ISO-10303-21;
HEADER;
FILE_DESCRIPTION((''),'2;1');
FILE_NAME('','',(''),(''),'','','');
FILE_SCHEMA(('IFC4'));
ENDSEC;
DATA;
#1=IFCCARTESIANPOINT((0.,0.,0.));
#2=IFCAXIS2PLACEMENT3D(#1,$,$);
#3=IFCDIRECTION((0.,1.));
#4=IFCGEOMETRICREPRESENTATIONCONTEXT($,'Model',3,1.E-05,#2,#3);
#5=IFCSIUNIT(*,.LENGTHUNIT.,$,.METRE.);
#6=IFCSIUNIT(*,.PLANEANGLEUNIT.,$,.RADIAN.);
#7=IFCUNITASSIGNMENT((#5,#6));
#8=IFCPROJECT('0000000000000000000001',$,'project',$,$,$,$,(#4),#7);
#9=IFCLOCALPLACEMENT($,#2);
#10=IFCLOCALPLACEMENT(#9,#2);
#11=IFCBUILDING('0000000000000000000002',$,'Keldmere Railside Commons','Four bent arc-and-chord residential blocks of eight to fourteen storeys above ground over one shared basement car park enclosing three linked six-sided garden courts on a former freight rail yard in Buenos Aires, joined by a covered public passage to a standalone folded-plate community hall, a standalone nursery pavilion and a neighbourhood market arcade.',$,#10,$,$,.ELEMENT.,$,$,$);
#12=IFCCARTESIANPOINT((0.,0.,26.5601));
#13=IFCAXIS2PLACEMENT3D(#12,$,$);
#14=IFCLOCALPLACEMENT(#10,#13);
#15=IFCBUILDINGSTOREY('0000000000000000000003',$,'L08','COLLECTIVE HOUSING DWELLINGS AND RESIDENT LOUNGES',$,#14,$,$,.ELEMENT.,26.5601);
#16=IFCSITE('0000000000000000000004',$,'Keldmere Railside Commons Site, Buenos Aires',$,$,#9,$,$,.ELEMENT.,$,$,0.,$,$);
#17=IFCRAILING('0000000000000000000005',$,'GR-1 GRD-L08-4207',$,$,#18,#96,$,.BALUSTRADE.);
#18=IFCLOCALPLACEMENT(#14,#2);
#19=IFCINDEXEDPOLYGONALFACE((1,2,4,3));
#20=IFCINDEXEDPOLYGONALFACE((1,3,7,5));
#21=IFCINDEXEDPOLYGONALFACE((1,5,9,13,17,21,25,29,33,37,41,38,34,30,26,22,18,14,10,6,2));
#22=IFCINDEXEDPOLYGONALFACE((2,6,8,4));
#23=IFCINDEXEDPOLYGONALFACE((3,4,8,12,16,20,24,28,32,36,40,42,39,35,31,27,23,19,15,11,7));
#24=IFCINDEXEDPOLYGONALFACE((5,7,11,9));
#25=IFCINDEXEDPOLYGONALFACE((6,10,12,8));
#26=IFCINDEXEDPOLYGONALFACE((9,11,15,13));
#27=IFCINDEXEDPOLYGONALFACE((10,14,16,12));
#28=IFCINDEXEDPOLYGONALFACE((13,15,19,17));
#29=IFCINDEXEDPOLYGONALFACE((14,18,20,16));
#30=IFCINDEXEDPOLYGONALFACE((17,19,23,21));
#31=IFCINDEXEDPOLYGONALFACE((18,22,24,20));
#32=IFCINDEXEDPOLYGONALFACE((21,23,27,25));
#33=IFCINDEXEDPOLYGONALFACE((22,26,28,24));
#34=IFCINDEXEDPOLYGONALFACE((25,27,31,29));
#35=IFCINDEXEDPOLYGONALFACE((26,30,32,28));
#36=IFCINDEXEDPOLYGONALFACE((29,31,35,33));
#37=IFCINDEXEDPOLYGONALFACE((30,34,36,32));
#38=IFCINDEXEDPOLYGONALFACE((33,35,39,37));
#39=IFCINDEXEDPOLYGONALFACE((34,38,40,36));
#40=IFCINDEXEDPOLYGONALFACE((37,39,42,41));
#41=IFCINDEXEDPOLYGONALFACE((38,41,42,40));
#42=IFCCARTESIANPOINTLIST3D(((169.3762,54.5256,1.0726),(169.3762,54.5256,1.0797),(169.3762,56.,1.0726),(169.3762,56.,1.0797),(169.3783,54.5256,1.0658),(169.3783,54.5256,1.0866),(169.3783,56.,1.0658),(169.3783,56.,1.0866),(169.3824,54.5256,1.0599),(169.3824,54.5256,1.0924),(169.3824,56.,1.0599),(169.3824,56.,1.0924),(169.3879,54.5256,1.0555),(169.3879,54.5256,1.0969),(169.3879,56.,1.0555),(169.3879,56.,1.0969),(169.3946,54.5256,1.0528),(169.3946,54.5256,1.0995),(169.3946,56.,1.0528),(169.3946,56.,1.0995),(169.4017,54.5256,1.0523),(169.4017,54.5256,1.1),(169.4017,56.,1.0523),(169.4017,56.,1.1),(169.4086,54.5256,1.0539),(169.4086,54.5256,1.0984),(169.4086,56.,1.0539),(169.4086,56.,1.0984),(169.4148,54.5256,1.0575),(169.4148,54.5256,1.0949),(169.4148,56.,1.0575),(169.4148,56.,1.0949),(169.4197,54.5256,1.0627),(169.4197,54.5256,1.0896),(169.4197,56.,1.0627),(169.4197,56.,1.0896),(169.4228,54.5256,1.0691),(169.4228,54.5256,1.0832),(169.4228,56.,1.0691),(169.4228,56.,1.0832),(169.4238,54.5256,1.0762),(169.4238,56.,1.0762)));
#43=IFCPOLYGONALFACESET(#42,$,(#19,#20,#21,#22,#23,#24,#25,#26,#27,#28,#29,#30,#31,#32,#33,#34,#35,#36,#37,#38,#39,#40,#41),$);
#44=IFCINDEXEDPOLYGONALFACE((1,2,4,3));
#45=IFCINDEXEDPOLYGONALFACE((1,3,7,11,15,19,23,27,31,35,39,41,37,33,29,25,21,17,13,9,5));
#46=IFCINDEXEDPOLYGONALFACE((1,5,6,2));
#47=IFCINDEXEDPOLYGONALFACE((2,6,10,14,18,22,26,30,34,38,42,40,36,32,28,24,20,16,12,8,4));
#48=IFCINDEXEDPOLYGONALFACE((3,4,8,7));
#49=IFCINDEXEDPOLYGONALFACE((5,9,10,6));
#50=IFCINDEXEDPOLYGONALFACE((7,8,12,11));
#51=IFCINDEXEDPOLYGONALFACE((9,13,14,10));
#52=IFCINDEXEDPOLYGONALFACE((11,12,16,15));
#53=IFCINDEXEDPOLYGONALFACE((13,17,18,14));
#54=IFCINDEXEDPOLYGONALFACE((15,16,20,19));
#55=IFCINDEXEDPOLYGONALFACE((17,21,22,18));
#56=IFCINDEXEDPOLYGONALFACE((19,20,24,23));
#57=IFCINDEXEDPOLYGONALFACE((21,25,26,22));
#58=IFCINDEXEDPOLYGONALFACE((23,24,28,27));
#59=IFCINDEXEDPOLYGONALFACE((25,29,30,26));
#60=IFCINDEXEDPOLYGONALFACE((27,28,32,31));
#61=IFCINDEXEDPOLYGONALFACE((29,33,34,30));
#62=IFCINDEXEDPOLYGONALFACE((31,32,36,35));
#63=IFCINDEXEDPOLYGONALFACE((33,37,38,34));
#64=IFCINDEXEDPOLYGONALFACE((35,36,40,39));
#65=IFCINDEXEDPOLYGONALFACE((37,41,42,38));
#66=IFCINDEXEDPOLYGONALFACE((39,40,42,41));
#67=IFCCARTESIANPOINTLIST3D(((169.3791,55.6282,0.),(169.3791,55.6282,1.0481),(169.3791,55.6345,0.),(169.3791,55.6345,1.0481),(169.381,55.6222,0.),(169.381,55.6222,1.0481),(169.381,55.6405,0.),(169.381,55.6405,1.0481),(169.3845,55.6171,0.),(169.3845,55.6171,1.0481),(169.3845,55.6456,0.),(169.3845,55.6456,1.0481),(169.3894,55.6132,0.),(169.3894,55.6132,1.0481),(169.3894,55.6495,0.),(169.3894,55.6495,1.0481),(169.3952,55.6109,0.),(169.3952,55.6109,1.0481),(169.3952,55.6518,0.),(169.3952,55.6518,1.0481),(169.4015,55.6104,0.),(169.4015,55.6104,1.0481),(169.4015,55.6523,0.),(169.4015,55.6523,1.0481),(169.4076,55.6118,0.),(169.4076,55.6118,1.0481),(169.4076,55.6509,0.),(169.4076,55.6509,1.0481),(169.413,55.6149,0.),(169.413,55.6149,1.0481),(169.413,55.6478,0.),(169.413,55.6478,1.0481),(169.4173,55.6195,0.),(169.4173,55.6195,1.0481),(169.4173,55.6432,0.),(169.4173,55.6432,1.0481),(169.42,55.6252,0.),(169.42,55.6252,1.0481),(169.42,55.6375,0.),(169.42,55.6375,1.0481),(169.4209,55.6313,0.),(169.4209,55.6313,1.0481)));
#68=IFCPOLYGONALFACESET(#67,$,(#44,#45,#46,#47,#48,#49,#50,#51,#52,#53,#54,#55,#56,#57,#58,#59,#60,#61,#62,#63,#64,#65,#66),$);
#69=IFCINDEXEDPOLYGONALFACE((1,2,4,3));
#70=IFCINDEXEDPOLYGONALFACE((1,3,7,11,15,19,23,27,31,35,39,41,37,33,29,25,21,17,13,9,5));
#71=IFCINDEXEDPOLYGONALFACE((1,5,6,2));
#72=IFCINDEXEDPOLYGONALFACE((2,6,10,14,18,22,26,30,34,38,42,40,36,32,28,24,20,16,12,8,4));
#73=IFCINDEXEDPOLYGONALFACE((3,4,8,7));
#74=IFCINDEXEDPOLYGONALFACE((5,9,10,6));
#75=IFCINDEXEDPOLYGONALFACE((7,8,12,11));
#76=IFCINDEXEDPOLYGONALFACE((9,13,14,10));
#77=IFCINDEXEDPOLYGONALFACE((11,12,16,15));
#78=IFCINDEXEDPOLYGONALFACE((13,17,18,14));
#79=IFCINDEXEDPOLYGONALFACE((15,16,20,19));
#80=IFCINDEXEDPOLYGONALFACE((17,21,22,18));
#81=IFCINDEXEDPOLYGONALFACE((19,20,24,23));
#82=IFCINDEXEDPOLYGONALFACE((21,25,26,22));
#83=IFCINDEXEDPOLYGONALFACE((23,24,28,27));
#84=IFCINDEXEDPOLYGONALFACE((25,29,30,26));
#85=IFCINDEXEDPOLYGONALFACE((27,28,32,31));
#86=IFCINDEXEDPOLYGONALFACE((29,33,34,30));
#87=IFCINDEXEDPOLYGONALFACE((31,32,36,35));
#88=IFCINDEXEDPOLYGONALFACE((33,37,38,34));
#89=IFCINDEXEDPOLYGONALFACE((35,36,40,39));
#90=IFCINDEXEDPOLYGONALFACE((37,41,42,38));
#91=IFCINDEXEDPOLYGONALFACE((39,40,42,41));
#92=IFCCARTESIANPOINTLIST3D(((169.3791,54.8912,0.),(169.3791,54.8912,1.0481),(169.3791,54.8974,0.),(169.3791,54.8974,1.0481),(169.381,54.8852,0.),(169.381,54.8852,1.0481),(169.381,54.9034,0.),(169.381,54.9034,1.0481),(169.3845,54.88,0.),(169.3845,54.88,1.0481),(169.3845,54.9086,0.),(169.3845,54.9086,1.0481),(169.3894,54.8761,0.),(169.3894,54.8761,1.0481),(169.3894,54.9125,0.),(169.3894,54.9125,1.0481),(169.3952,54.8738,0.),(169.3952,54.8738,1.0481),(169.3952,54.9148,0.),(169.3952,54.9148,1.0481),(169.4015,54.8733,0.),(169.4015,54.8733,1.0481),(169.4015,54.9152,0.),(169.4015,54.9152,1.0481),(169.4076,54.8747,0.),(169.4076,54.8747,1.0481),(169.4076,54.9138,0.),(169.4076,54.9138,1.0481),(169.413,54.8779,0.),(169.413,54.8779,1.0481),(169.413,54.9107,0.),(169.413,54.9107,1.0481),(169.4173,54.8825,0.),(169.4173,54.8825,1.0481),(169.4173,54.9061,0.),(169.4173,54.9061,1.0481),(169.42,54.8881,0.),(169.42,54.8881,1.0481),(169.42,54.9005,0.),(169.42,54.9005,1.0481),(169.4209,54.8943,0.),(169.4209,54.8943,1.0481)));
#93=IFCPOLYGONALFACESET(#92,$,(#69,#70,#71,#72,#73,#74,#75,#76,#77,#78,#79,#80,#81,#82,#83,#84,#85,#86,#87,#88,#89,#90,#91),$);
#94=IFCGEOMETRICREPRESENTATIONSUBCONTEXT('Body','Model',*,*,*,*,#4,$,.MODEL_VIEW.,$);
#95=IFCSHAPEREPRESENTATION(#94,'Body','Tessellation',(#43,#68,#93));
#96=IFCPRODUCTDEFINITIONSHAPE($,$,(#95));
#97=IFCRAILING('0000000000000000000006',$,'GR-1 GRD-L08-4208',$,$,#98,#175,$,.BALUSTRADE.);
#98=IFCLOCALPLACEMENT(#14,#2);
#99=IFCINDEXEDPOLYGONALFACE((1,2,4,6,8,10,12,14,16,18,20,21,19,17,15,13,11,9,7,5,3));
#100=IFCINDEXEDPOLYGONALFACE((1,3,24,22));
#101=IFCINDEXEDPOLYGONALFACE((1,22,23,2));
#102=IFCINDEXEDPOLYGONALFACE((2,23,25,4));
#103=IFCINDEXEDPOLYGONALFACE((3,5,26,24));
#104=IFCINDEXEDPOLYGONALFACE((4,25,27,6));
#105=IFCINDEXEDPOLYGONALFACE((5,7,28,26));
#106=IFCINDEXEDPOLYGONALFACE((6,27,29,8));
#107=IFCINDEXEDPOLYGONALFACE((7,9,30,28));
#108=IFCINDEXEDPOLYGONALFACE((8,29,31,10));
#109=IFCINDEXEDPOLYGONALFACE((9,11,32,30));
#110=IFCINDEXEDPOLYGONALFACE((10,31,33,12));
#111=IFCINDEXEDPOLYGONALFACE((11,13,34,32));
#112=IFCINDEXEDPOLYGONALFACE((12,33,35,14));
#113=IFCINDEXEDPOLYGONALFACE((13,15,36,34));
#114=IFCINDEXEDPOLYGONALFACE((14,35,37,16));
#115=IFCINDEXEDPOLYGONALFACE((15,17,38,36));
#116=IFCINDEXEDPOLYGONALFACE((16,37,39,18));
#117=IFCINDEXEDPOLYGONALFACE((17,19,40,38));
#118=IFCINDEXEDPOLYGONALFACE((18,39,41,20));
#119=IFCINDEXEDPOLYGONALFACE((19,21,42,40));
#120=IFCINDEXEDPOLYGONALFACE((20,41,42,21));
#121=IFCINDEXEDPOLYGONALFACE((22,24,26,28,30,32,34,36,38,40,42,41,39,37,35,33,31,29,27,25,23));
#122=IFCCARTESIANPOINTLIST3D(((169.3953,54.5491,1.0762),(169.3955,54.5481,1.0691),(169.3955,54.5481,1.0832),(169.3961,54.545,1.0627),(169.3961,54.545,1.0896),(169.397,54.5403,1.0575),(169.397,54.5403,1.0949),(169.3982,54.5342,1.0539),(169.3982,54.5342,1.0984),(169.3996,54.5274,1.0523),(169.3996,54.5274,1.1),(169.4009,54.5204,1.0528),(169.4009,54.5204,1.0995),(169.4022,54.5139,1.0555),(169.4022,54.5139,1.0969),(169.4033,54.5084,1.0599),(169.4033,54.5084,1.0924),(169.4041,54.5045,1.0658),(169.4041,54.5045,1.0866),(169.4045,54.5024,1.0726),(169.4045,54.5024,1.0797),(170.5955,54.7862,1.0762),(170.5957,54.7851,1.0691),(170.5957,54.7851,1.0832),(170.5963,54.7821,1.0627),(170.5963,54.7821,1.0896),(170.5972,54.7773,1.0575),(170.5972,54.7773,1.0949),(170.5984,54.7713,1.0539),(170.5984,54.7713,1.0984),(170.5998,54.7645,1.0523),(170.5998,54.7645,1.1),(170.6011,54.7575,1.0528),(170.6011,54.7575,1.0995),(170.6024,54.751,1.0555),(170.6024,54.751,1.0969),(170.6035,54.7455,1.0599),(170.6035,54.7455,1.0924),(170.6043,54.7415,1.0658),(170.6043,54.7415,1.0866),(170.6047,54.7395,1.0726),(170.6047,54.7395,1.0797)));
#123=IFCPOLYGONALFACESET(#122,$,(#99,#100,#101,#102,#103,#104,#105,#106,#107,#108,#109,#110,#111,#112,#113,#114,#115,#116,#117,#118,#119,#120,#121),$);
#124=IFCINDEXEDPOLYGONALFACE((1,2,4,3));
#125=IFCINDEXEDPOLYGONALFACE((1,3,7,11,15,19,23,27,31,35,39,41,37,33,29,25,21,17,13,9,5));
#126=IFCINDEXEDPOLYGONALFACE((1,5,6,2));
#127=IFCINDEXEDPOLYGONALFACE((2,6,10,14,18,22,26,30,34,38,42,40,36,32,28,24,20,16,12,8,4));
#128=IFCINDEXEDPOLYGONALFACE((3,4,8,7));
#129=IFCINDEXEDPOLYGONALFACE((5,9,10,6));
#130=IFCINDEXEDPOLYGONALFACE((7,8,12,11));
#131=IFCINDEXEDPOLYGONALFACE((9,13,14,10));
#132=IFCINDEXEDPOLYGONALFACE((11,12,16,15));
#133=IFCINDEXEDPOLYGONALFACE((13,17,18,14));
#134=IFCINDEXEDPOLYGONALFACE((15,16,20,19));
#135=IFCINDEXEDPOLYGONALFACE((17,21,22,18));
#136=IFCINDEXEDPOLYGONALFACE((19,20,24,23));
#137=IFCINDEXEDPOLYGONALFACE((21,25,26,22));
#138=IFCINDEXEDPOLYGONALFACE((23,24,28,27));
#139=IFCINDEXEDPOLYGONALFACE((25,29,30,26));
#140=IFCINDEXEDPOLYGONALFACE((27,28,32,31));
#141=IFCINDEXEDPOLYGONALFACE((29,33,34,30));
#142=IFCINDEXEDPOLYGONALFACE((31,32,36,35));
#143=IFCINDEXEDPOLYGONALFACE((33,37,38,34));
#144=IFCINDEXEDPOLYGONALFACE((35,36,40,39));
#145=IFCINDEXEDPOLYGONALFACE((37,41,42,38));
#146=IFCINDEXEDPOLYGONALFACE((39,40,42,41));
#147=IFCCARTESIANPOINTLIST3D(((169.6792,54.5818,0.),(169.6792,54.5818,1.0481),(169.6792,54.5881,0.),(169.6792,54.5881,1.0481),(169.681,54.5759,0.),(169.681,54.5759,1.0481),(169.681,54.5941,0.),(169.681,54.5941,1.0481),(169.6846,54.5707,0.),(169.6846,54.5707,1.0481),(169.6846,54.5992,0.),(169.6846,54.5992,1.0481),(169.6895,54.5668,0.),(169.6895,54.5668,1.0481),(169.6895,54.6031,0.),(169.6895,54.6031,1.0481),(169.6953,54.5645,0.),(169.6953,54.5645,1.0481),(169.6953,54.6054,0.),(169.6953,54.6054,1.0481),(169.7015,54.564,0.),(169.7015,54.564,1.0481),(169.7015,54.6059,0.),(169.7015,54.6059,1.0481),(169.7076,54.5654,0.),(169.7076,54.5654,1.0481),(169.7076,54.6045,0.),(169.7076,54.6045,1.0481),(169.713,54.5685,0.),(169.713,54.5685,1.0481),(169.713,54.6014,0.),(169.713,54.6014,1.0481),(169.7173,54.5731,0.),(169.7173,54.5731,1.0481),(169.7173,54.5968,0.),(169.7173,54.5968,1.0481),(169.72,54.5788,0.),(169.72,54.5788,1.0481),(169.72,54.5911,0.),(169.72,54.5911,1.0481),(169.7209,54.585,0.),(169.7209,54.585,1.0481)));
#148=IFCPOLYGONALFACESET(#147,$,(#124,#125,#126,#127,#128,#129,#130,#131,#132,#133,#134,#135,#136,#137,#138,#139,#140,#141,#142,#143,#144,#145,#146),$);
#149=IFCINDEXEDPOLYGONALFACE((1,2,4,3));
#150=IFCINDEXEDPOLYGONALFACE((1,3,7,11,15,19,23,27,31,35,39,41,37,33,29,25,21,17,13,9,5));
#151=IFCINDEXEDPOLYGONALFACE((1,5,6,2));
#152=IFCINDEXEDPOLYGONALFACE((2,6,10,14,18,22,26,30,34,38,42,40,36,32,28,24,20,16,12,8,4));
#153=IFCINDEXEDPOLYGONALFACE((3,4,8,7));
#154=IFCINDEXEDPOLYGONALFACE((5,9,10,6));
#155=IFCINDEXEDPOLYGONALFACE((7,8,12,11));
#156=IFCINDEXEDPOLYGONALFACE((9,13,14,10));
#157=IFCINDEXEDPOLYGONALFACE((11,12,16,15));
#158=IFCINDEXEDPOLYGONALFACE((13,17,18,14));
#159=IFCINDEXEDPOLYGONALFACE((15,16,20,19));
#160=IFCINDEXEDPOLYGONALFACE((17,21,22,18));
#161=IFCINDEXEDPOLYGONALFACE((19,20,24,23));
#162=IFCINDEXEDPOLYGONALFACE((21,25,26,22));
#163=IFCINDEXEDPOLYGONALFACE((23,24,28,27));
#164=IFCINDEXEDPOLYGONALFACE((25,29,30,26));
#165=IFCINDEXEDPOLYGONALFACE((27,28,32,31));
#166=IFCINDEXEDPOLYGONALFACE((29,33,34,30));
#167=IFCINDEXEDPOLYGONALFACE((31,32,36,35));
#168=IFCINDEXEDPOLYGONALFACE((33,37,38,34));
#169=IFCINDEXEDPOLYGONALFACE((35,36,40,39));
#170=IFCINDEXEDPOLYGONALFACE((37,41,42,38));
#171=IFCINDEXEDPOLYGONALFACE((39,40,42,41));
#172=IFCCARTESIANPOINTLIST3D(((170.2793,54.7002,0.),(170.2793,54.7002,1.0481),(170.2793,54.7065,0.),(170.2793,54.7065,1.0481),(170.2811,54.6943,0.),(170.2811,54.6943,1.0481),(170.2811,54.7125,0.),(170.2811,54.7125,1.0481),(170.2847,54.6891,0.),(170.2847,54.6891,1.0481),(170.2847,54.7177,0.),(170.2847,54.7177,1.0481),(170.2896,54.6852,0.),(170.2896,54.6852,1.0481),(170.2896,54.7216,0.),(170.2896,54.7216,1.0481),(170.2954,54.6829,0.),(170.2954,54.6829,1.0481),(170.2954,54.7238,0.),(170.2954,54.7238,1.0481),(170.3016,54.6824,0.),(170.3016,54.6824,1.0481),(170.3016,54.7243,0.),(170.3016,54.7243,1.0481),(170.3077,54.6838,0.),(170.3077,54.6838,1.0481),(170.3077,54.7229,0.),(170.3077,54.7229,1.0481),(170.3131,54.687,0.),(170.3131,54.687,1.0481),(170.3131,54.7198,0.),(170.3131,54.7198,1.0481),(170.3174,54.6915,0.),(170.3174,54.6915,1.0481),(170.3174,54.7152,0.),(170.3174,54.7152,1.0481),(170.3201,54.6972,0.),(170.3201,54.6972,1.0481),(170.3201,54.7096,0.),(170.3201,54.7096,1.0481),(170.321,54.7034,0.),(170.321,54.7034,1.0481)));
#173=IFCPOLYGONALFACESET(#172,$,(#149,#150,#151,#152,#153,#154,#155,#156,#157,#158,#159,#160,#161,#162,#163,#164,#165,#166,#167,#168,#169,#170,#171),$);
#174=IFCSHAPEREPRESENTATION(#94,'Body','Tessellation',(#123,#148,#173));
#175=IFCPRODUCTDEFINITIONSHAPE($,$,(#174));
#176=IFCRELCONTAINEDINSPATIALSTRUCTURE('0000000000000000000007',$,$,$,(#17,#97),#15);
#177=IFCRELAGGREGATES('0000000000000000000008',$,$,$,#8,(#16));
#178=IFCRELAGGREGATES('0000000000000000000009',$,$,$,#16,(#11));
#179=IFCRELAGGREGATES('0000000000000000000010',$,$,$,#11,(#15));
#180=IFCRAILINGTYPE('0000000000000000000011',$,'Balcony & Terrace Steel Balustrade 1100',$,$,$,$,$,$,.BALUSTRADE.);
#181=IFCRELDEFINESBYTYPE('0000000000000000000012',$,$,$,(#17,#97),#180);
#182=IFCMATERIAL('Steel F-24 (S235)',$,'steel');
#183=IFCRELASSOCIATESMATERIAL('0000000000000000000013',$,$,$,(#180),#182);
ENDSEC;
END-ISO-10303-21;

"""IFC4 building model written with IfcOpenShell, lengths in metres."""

from ifc_helpers import new_model, si_unit, direction, frame, origin, origin_2d, place, context, subcontext, project, spatial, circle, extrude, material, type_object, element, save


model = new_model("IFC4")

# Units and contexts
model_context = context("Model", 3, precision=1e-05, world=origin(), true_north=direction((0.0, 1.0)))
body_context = subcontext(model_context, "Body", "Model", "MODEL_VIEW")
ifc_project = project(units=[si_unit("LENGTHUNIT", "METRE"), si_unit("PLANEANGLEUNIT", "RADIAN")], contexts=[model_context])

# Site, building, storey
site_placement = place(None, origin())
site = spatial("IfcSite", under=ifc_project, at=site_placement, Name="Keldmere Railside Commons Site, Buenos Aires", CompositionType="ELEMENT", RefElevation=0.0)
building_placement = place(site_placement, origin())
building = spatial("IfcBuilding", under=site, at=building_placement, Name="Keldmere Railside Commons", Description="Four bent arc-and-chord residential blocks of eight to fourteen storeys above ground over one shared basement car park enclosing three linked six-sided garden courts on a former freight rail yard in Buenos Aires, joined by a covered public passage to a standalone folded-plate community hall, a standalone nursery pavilion and a neighbourhood market arcade.", CompositionType="ELEMENT")
storey_placement = place(building_placement, frame((0.0, 0.0, 26.5601)))
storey = spatial("IfcBuildingStorey", under=building, at=storey_placement, Name="L08", Description="COLLECTIVE HOUSING DWELLINGS AND RESIDENT LOUNGES", CompositionType="ELEMENT", Elevation=26.5601)

# Railings
ifc_material_1 = material(Name="Steel F-24 (S235)", Category="steel")
railing_type = type_object("IfcRailingType", Name="Balcony & Terrace Steel Balustrade 1100", PredefinedType="BALUSTRADE", material=ifc_material_1)
railing_1_placement = place(storey_placement, frame((169.3999, 56.0, 0.0)))
element("IfcRailing", 1, at=railing_1_placement, inside=storey, type_object=railing_type, Name="GR-1 GRD-L08-4207", PredefinedType="BALUSTRADE", context=body_context, shape_type="SweptSolid", body=[
    extrude(circle(Radius=0.0239, at=origin_2d()), frame((0.0, 0.0, 1.0762), z_axis=(0.0, -1.0, 0.0), x_axis=(1.0, 0.0, 0.0)), (0.0, 0.0, 1.0), 1.4744),
    extrude(circle(Radius=0.021, at=origin_2d()), frame((0.0, -0.3687, 0.0)), (0.0, 0.0, 1.0), 1.0481),
    extrude(circle(Radius=0.021, at=origin_2d()), frame((0.0, -1.1057, 0.0)), (0.0, 0.0, 1.0), 1.0481),
])
railing_2_placement = place(storey_placement, frame((169.3999, 54.5256, 0.0)))
element("IfcRailing", 2, at=railing_2_placement, inside=storey, type_object=railing_type, Name="GR-1 GRD-L08-4208", PredefinedType="BALUSTRADE", context=body_context, shape_type="SweptSolid", body=[
    extrude(circle(Radius=0.0239, at=origin_2d()), frame((0.0, 0.0, 1.0762), z_axis=(0.981046, 0.193775, 0.0), x_axis=(-0.193775, 0.981046, 0.0)), (0.0, 0.0, 1.0), 1.2234),
    extrude(circle(Radius=0.021, at=origin_2d()), frame((0.3, 0.0593, 0.0)), (0.0, 0.0, 1.0), 1.0481),
    extrude(circle(Radius=0.021, at=origin_2d()), frame((0.9001, 0.1777, 0.0)), (0.0, 0.0, 1.0), 1.0481),
])

save(model, "model.ifc")
